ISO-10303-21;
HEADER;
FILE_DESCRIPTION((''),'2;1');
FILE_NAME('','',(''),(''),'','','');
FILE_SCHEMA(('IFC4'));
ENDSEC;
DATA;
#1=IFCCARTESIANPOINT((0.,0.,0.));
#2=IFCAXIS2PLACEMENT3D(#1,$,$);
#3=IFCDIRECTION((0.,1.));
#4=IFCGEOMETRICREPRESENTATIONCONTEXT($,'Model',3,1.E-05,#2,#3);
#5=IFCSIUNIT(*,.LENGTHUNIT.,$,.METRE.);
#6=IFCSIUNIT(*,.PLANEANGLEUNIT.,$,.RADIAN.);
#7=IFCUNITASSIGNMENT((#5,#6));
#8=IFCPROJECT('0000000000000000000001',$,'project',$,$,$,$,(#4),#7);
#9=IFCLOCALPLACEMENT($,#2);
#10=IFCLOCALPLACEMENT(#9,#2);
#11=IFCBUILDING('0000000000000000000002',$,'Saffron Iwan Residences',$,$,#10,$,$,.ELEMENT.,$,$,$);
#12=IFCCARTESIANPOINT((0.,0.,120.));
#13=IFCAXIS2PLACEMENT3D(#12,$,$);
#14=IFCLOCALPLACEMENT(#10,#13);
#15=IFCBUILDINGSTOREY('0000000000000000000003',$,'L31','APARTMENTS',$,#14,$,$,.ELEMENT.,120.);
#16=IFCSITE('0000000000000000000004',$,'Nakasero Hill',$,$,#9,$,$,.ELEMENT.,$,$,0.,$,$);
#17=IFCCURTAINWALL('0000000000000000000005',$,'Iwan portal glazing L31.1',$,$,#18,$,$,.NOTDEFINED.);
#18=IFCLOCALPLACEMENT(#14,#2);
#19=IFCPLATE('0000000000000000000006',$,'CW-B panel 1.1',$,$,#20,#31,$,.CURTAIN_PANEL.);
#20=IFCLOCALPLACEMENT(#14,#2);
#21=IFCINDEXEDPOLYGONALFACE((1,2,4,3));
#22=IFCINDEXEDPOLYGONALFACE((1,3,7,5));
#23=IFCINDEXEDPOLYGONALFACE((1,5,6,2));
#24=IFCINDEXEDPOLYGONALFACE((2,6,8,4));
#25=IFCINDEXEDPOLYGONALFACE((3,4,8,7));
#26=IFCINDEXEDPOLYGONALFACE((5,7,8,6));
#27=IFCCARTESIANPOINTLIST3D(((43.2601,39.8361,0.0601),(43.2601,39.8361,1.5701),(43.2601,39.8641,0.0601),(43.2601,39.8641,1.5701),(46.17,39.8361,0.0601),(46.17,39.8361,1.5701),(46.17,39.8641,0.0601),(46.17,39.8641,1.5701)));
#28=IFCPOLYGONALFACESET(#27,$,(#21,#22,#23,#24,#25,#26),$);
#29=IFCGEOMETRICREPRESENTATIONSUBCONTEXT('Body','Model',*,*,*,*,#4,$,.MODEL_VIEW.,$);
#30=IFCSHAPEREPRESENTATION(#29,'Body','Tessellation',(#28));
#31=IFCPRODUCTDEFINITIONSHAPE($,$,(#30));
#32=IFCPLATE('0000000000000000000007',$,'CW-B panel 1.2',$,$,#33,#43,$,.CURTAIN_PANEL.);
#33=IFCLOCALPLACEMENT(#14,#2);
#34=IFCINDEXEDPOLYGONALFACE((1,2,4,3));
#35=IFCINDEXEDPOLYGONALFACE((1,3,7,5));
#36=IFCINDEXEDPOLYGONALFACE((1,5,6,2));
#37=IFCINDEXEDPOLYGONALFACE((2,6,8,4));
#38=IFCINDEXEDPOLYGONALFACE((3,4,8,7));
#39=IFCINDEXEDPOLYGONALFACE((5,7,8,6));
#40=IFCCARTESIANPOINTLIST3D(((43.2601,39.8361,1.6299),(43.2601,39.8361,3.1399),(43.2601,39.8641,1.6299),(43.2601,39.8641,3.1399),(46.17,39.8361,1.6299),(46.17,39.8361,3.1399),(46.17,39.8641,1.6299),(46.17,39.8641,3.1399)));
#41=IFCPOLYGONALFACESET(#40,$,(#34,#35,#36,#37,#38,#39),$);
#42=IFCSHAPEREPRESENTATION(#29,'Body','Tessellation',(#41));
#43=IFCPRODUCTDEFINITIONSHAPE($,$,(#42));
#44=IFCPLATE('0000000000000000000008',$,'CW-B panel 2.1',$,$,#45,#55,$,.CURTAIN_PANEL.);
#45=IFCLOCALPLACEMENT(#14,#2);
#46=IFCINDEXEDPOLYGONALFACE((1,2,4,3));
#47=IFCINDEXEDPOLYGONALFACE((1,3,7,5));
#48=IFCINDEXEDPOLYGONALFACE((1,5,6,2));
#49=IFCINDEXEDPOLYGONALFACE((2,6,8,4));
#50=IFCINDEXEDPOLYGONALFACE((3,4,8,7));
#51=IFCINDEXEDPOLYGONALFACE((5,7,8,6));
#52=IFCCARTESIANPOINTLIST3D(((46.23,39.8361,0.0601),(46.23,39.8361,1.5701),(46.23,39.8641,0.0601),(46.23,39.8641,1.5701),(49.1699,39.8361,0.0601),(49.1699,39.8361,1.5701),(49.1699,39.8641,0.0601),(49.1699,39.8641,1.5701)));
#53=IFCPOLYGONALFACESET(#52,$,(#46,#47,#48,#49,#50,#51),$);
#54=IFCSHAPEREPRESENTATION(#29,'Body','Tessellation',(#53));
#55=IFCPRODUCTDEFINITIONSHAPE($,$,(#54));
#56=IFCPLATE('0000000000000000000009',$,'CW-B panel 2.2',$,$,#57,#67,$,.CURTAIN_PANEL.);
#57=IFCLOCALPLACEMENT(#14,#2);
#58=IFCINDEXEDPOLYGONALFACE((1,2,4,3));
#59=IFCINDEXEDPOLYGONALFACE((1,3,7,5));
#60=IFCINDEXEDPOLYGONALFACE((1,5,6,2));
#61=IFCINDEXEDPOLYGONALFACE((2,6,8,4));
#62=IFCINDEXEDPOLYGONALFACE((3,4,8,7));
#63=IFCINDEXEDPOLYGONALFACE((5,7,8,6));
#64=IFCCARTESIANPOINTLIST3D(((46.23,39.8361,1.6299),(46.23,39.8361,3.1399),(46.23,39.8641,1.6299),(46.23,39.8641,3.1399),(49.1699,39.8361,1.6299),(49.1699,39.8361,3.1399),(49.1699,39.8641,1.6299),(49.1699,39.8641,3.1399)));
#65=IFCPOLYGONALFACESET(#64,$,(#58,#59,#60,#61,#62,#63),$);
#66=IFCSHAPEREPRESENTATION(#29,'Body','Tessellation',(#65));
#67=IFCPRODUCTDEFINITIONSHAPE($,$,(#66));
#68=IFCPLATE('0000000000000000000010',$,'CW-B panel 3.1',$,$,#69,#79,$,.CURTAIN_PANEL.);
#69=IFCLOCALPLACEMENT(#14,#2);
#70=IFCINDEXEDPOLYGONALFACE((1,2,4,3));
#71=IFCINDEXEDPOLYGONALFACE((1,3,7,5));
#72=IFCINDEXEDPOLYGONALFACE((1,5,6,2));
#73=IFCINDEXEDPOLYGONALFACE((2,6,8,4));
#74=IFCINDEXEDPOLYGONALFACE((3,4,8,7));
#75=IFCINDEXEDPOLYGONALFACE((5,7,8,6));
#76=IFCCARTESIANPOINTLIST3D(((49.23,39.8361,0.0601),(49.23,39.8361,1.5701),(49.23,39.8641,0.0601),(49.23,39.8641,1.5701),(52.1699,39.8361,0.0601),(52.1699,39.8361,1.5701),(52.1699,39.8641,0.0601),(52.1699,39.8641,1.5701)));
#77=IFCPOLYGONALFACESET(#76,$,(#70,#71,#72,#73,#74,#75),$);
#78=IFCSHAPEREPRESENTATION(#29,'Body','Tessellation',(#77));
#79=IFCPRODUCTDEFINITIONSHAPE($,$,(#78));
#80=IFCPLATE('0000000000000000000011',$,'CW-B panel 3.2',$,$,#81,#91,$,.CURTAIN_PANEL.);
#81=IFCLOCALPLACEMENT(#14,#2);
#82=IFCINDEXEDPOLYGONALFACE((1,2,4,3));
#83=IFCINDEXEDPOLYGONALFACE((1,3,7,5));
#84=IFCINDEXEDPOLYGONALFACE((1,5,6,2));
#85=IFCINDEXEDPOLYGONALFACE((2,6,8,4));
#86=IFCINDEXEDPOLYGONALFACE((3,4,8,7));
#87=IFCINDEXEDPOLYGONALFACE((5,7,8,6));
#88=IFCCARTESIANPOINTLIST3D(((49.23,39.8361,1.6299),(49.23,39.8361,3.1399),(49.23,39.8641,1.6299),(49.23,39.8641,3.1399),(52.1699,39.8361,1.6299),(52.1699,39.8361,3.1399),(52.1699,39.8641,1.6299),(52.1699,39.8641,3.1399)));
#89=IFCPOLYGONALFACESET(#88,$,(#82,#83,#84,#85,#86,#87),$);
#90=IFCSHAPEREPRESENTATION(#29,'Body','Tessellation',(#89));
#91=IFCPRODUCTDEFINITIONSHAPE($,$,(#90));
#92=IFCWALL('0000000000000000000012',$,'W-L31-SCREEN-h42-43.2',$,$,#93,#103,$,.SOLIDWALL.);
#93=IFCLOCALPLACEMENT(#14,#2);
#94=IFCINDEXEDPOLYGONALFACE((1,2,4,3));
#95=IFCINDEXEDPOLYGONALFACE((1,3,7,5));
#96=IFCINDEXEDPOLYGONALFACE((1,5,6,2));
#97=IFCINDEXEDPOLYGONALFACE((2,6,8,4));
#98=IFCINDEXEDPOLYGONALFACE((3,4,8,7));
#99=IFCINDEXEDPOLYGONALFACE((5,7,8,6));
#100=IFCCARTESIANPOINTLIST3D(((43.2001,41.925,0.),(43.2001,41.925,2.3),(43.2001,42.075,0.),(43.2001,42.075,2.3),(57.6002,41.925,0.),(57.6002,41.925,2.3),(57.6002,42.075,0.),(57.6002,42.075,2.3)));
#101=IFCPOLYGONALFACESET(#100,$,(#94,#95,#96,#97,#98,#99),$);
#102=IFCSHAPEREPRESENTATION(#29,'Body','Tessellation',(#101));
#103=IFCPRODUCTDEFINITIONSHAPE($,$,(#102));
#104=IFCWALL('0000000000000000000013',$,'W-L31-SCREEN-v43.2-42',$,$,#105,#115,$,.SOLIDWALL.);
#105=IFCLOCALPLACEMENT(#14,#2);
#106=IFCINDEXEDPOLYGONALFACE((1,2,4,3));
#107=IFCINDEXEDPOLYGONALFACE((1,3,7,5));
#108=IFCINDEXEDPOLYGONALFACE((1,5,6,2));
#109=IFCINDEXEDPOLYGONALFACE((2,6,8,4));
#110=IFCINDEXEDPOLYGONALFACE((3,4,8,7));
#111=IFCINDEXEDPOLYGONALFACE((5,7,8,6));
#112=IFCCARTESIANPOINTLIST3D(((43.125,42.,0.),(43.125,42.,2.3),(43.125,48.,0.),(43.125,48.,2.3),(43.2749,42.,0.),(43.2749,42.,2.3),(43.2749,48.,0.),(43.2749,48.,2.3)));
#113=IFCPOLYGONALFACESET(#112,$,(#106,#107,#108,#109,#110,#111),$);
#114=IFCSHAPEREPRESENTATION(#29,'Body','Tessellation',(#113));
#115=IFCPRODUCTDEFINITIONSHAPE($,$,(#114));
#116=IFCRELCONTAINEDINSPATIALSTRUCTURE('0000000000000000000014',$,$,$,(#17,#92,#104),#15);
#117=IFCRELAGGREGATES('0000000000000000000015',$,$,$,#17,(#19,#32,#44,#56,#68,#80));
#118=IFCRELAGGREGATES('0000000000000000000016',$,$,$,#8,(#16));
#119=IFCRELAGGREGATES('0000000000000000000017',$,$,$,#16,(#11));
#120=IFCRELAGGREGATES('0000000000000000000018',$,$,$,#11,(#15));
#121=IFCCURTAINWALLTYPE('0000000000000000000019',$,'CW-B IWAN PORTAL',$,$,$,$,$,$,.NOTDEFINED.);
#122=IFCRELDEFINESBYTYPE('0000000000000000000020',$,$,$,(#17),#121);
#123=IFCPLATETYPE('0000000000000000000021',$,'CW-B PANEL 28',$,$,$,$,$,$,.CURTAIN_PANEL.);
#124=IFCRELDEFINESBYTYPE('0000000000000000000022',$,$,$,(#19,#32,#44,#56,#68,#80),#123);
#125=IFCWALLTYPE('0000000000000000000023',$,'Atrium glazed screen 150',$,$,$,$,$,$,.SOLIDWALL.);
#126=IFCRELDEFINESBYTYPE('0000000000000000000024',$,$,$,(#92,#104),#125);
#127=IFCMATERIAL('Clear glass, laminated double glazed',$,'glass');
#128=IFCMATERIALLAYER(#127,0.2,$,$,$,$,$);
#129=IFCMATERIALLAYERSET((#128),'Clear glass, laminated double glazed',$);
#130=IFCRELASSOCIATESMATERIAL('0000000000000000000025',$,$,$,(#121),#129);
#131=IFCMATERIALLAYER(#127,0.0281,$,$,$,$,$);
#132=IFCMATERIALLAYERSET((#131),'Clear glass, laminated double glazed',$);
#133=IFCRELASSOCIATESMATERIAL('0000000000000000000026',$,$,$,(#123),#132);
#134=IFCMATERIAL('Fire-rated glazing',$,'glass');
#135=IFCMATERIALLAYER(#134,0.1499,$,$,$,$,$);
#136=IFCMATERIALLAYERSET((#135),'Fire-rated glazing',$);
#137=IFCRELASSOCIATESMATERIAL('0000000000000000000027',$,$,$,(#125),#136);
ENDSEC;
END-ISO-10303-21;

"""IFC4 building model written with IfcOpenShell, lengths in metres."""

from ifc_helpers import new_model, si_unit, direction, frame, frame_2d, origin, origin_2d, place, context, subcontext, project, spatial, rectangle, extrude, source, transform, mapped, material, layer, layer_set, type_object, element, aggregate, save


model = new_model("IFC4")

# Units and contexts
model_context = context("Model", 3, precision=1e-05, world=origin(), true_north=direction((0.0, 1.0)))
body_context = subcontext(model_context, "Body", "Model", "MODEL_VIEW")
ifc_project = project(units=[si_unit("LENGTHUNIT", "METRE"), si_unit("PLANEANGLEUNIT", "RADIAN")], contexts=[model_context])

# Site, building, storey
site_placement = place(None, origin())
site = spatial("IfcSite", under=ifc_project, at=site_placement, Name="Nakasero Hill", CompositionType="ELEMENT", RefElevation=0.0)
building_placement = place(site_placement, origin())
building = spatial("IfcBuilding", under=site, at=building_placement, Name="Saffron Iwan Residences", CompositionType="ELEMENT")
storey_placement = place(building_placement, frame((0.0, 0.0, 120.0)))
storey = spatial("IfcBuildingStorey", under=building, at=storey_placement, Name="L31", Description="APARTMENTS", CompositionType="ELEMENT", Elevation=120.0)

# Curtain wall, plates
ifc_material_1 = material(Name="Clear glass, laminated double glazed", Category="glass")
ifc_layer_1 = layer(ifc_material_1, 0.2)
ifc_layer_set_1 = layer_set([ifc_layer_1], Name="Clear glass, laminated double glazed")
curtain_wall_type = type_object("IfcCurtainWallType", Name="CW-B IWAN PORTAL", PredefinedType="NOTDEFINED", material=ifc_layer_set_1)
curtain_wall_placement = place(storey_placement, origin())
curtain_wall = element("IfcCurtainWall", 1, at=curtain_wall_placement, inside=storey, type_object=curtain_wall_type, Name="Iwan portal glazing L31.1", PredefinedType="NOTDEFINED")
ifc_layer_2 = layer(ifc_material_1, 0.0281)
ifc_layer_set_2 = layer_set([ifc_layer_2], Name="Clear glass, laminated double glazed")
plate_type = type_object("IfcPlateType", Name="CW-B PANEL 28", PredefinedType="CURTAIN_PANEL", material=ifc_layer_set_2)
shared_shape_1 = source(origin(), body_context, "Body", "SweptSolid", [
    extrude(rectangle(XDim=2.9099, YDim=0.0281, at=origin_2d()), origin(), (0.0, 0.0, 1.0), 1.51),
])
plate_1_placement = place(storey_placement, frame((44.7151, 39.8501, 0.0601), z_axis=(0.0, 0.0, 1.0), x_axis=(1.0, 0.0, 0.0)))
plate_1 = element("IfcPlate", 2, at=plate_1_placement, type_object=plate_type, Name="CW-B panel 1.1", PredefinedType="CURTAIN_PANEL", context=body_context, shape_type="MappedRepresentation", body=[
    mapped(shared_shape_1, transform((0.0, 0.0, 0.0))),
])
plate_2_placement = place(storey_placement, frame((44.7151, 39.8501, 1.6299), z_axis=(0.0, 0.0, 1.0), x_axis=(1.0, 0.0, 0.0)))
plate_2 = element("IfcPlate", 3, at=plate_2_placement, type_object=plate_type, Name="CW-B panel 1.2", PredefinedType="CURTAIN_PANEL", context=body_context, shape_type="MappedRepresentation", body=[
    mapped(shared_shape_1, transform((0.0, 0.0, 0.0))),
])
shared_shape_2 = source(origin(), body_context, "Body", "SweptSolid", [
    extrude(rectangle(XDim=2.9399, YDim=0.0281, at=origin_2d()), origin(), (0.0, 0.0, 1.0), 1.51),
])
plate_3_placement = place(storey_placement, frame((47.7, 39.8501, 0.0601), z_axis=(0.0, 0.0, 1.0), x_axis=(1.0, 0.0, 0.0)))
plate_3 = element("IfcPlate", 4, at=plate_3_placement, type_object=plate_type, Name="CW-B panel 2.1", PredefinedType="CURTAIN_PANEL", context=body_context, shape_type="MappedRepresentation", body=[
    mapped(shared_shape_2, transform((0.0, 0.0, 0.0))),
])
plate_4_placement = place(storey_placement, frame((47.7, 39.8501, 1.6299), z_axis=(0.0, 0.0, 1.0), x_axis=(1.0, 0.0, 0.0)))
plate_4 = element("IfcPlate", 5, at=plate_4_placement, type_object=plate_type, Name="CW-B panel 2.2", PredefinedType="CURTAIN_PANEL", context=body_context, shape_type="MappedRepresentation", body=[
    mapped(shared_shape_2, transform((0.0, 0.0, 0.0))),
])
plate_5_placement = place(storey_placement, frame((50.7, 39.8501, 0.0601), z_axis=(0.0, 0.0, 1.0), x_axis=(1.0, 0.0, 0.0)))
plate_5 = element("IfcPlate", 6, at=plate_5_placement, type_object=plate_type, Name="CW-B panel 3.1", PredefinedType="CURTAIN_PANEL", context=body_context, shape_type="MappedRepresentation", body=[
    mapped(shared_shape_2, transform((0.0, 0.0, 0.0))),
])
plate_6_placement = place(storey_placement, frame((50.7, 39.8501, 1.6299), z_axis=(0.0, 0.0, 1.0), x_axis=(1.0, 0.0, 0.0)))
plate_6 = element("IfcPlate", 7, at=plate_6_placement, type_object=plate_type, Name="CW-B panel 3.2", PredefinedType="CURTAIN_PANEL", context=body_context, shape_type="MappedRepresentation", body=[
    mapped(shared_shape_2, transform((0.0, 0.0, 0.0))),
])
aggregate(curtain_wall, [plate_1, plate_2, plate_3, plate_4, plate_5, plate_6])

# Walls
ifc_material_2 = material(Name="Fire-rated glazing", Category="glass")
ifc_layer_3 = layer(ifc_material_2, 0.1499)
ifc_layer_set_3 = layer_set([ifc_layer_3], Name="Fire-rated glazing")
wall_type = type_object("IfcWallType", Name="Atrium glazed screen 150", PredefinedType="SOLIDWALL", material=ifc_layer_set_3)
wall_1_placement = place(storey_placement, frame((43.2, 42.0, 0.0), z_axis=(0.0, 0.0, 1.0), x_axis=(1.0, 0.0, 0.0)))
element("IfcWall", 8, at=wall_1_placement, inside=storey, type_object=wall_type, Name="W-L31-SCREEN-h42-43.2", PredefinedType="SOLIDWALL", context=body_context, shape_type="SweptSolid", body=[
    extrude(rectangle(XDim=14.4001, YDim=0.1499, at=frame_2d((7.2002, 0.0))), origin(), (0.0, 0.0, 1.0), 2.3),
])
wall_2_placement = place(storey_placement, frame((43.2, 42.0, 0.0), z_axis=(0.0, 0.0, 1.0), x_axis=(0.0, 1.0, 0.0)))
element("IfcWall", 9, at=wall_2_placement, inside=storey, type_object=wall_type, Name="W-L31-SCREEN-v43.2-42", PredefinedType="SOLIDWALL", context=body_context, shape_type="SweptSolid", body=[
    extrude(rectangle(XDim=6.0, YDim=0.1499, at=frame_2d((3.0, 0.0))), origin(), (0.0, 0.0, 1.0), 2.3),
])

save(model, "model.ifc")
